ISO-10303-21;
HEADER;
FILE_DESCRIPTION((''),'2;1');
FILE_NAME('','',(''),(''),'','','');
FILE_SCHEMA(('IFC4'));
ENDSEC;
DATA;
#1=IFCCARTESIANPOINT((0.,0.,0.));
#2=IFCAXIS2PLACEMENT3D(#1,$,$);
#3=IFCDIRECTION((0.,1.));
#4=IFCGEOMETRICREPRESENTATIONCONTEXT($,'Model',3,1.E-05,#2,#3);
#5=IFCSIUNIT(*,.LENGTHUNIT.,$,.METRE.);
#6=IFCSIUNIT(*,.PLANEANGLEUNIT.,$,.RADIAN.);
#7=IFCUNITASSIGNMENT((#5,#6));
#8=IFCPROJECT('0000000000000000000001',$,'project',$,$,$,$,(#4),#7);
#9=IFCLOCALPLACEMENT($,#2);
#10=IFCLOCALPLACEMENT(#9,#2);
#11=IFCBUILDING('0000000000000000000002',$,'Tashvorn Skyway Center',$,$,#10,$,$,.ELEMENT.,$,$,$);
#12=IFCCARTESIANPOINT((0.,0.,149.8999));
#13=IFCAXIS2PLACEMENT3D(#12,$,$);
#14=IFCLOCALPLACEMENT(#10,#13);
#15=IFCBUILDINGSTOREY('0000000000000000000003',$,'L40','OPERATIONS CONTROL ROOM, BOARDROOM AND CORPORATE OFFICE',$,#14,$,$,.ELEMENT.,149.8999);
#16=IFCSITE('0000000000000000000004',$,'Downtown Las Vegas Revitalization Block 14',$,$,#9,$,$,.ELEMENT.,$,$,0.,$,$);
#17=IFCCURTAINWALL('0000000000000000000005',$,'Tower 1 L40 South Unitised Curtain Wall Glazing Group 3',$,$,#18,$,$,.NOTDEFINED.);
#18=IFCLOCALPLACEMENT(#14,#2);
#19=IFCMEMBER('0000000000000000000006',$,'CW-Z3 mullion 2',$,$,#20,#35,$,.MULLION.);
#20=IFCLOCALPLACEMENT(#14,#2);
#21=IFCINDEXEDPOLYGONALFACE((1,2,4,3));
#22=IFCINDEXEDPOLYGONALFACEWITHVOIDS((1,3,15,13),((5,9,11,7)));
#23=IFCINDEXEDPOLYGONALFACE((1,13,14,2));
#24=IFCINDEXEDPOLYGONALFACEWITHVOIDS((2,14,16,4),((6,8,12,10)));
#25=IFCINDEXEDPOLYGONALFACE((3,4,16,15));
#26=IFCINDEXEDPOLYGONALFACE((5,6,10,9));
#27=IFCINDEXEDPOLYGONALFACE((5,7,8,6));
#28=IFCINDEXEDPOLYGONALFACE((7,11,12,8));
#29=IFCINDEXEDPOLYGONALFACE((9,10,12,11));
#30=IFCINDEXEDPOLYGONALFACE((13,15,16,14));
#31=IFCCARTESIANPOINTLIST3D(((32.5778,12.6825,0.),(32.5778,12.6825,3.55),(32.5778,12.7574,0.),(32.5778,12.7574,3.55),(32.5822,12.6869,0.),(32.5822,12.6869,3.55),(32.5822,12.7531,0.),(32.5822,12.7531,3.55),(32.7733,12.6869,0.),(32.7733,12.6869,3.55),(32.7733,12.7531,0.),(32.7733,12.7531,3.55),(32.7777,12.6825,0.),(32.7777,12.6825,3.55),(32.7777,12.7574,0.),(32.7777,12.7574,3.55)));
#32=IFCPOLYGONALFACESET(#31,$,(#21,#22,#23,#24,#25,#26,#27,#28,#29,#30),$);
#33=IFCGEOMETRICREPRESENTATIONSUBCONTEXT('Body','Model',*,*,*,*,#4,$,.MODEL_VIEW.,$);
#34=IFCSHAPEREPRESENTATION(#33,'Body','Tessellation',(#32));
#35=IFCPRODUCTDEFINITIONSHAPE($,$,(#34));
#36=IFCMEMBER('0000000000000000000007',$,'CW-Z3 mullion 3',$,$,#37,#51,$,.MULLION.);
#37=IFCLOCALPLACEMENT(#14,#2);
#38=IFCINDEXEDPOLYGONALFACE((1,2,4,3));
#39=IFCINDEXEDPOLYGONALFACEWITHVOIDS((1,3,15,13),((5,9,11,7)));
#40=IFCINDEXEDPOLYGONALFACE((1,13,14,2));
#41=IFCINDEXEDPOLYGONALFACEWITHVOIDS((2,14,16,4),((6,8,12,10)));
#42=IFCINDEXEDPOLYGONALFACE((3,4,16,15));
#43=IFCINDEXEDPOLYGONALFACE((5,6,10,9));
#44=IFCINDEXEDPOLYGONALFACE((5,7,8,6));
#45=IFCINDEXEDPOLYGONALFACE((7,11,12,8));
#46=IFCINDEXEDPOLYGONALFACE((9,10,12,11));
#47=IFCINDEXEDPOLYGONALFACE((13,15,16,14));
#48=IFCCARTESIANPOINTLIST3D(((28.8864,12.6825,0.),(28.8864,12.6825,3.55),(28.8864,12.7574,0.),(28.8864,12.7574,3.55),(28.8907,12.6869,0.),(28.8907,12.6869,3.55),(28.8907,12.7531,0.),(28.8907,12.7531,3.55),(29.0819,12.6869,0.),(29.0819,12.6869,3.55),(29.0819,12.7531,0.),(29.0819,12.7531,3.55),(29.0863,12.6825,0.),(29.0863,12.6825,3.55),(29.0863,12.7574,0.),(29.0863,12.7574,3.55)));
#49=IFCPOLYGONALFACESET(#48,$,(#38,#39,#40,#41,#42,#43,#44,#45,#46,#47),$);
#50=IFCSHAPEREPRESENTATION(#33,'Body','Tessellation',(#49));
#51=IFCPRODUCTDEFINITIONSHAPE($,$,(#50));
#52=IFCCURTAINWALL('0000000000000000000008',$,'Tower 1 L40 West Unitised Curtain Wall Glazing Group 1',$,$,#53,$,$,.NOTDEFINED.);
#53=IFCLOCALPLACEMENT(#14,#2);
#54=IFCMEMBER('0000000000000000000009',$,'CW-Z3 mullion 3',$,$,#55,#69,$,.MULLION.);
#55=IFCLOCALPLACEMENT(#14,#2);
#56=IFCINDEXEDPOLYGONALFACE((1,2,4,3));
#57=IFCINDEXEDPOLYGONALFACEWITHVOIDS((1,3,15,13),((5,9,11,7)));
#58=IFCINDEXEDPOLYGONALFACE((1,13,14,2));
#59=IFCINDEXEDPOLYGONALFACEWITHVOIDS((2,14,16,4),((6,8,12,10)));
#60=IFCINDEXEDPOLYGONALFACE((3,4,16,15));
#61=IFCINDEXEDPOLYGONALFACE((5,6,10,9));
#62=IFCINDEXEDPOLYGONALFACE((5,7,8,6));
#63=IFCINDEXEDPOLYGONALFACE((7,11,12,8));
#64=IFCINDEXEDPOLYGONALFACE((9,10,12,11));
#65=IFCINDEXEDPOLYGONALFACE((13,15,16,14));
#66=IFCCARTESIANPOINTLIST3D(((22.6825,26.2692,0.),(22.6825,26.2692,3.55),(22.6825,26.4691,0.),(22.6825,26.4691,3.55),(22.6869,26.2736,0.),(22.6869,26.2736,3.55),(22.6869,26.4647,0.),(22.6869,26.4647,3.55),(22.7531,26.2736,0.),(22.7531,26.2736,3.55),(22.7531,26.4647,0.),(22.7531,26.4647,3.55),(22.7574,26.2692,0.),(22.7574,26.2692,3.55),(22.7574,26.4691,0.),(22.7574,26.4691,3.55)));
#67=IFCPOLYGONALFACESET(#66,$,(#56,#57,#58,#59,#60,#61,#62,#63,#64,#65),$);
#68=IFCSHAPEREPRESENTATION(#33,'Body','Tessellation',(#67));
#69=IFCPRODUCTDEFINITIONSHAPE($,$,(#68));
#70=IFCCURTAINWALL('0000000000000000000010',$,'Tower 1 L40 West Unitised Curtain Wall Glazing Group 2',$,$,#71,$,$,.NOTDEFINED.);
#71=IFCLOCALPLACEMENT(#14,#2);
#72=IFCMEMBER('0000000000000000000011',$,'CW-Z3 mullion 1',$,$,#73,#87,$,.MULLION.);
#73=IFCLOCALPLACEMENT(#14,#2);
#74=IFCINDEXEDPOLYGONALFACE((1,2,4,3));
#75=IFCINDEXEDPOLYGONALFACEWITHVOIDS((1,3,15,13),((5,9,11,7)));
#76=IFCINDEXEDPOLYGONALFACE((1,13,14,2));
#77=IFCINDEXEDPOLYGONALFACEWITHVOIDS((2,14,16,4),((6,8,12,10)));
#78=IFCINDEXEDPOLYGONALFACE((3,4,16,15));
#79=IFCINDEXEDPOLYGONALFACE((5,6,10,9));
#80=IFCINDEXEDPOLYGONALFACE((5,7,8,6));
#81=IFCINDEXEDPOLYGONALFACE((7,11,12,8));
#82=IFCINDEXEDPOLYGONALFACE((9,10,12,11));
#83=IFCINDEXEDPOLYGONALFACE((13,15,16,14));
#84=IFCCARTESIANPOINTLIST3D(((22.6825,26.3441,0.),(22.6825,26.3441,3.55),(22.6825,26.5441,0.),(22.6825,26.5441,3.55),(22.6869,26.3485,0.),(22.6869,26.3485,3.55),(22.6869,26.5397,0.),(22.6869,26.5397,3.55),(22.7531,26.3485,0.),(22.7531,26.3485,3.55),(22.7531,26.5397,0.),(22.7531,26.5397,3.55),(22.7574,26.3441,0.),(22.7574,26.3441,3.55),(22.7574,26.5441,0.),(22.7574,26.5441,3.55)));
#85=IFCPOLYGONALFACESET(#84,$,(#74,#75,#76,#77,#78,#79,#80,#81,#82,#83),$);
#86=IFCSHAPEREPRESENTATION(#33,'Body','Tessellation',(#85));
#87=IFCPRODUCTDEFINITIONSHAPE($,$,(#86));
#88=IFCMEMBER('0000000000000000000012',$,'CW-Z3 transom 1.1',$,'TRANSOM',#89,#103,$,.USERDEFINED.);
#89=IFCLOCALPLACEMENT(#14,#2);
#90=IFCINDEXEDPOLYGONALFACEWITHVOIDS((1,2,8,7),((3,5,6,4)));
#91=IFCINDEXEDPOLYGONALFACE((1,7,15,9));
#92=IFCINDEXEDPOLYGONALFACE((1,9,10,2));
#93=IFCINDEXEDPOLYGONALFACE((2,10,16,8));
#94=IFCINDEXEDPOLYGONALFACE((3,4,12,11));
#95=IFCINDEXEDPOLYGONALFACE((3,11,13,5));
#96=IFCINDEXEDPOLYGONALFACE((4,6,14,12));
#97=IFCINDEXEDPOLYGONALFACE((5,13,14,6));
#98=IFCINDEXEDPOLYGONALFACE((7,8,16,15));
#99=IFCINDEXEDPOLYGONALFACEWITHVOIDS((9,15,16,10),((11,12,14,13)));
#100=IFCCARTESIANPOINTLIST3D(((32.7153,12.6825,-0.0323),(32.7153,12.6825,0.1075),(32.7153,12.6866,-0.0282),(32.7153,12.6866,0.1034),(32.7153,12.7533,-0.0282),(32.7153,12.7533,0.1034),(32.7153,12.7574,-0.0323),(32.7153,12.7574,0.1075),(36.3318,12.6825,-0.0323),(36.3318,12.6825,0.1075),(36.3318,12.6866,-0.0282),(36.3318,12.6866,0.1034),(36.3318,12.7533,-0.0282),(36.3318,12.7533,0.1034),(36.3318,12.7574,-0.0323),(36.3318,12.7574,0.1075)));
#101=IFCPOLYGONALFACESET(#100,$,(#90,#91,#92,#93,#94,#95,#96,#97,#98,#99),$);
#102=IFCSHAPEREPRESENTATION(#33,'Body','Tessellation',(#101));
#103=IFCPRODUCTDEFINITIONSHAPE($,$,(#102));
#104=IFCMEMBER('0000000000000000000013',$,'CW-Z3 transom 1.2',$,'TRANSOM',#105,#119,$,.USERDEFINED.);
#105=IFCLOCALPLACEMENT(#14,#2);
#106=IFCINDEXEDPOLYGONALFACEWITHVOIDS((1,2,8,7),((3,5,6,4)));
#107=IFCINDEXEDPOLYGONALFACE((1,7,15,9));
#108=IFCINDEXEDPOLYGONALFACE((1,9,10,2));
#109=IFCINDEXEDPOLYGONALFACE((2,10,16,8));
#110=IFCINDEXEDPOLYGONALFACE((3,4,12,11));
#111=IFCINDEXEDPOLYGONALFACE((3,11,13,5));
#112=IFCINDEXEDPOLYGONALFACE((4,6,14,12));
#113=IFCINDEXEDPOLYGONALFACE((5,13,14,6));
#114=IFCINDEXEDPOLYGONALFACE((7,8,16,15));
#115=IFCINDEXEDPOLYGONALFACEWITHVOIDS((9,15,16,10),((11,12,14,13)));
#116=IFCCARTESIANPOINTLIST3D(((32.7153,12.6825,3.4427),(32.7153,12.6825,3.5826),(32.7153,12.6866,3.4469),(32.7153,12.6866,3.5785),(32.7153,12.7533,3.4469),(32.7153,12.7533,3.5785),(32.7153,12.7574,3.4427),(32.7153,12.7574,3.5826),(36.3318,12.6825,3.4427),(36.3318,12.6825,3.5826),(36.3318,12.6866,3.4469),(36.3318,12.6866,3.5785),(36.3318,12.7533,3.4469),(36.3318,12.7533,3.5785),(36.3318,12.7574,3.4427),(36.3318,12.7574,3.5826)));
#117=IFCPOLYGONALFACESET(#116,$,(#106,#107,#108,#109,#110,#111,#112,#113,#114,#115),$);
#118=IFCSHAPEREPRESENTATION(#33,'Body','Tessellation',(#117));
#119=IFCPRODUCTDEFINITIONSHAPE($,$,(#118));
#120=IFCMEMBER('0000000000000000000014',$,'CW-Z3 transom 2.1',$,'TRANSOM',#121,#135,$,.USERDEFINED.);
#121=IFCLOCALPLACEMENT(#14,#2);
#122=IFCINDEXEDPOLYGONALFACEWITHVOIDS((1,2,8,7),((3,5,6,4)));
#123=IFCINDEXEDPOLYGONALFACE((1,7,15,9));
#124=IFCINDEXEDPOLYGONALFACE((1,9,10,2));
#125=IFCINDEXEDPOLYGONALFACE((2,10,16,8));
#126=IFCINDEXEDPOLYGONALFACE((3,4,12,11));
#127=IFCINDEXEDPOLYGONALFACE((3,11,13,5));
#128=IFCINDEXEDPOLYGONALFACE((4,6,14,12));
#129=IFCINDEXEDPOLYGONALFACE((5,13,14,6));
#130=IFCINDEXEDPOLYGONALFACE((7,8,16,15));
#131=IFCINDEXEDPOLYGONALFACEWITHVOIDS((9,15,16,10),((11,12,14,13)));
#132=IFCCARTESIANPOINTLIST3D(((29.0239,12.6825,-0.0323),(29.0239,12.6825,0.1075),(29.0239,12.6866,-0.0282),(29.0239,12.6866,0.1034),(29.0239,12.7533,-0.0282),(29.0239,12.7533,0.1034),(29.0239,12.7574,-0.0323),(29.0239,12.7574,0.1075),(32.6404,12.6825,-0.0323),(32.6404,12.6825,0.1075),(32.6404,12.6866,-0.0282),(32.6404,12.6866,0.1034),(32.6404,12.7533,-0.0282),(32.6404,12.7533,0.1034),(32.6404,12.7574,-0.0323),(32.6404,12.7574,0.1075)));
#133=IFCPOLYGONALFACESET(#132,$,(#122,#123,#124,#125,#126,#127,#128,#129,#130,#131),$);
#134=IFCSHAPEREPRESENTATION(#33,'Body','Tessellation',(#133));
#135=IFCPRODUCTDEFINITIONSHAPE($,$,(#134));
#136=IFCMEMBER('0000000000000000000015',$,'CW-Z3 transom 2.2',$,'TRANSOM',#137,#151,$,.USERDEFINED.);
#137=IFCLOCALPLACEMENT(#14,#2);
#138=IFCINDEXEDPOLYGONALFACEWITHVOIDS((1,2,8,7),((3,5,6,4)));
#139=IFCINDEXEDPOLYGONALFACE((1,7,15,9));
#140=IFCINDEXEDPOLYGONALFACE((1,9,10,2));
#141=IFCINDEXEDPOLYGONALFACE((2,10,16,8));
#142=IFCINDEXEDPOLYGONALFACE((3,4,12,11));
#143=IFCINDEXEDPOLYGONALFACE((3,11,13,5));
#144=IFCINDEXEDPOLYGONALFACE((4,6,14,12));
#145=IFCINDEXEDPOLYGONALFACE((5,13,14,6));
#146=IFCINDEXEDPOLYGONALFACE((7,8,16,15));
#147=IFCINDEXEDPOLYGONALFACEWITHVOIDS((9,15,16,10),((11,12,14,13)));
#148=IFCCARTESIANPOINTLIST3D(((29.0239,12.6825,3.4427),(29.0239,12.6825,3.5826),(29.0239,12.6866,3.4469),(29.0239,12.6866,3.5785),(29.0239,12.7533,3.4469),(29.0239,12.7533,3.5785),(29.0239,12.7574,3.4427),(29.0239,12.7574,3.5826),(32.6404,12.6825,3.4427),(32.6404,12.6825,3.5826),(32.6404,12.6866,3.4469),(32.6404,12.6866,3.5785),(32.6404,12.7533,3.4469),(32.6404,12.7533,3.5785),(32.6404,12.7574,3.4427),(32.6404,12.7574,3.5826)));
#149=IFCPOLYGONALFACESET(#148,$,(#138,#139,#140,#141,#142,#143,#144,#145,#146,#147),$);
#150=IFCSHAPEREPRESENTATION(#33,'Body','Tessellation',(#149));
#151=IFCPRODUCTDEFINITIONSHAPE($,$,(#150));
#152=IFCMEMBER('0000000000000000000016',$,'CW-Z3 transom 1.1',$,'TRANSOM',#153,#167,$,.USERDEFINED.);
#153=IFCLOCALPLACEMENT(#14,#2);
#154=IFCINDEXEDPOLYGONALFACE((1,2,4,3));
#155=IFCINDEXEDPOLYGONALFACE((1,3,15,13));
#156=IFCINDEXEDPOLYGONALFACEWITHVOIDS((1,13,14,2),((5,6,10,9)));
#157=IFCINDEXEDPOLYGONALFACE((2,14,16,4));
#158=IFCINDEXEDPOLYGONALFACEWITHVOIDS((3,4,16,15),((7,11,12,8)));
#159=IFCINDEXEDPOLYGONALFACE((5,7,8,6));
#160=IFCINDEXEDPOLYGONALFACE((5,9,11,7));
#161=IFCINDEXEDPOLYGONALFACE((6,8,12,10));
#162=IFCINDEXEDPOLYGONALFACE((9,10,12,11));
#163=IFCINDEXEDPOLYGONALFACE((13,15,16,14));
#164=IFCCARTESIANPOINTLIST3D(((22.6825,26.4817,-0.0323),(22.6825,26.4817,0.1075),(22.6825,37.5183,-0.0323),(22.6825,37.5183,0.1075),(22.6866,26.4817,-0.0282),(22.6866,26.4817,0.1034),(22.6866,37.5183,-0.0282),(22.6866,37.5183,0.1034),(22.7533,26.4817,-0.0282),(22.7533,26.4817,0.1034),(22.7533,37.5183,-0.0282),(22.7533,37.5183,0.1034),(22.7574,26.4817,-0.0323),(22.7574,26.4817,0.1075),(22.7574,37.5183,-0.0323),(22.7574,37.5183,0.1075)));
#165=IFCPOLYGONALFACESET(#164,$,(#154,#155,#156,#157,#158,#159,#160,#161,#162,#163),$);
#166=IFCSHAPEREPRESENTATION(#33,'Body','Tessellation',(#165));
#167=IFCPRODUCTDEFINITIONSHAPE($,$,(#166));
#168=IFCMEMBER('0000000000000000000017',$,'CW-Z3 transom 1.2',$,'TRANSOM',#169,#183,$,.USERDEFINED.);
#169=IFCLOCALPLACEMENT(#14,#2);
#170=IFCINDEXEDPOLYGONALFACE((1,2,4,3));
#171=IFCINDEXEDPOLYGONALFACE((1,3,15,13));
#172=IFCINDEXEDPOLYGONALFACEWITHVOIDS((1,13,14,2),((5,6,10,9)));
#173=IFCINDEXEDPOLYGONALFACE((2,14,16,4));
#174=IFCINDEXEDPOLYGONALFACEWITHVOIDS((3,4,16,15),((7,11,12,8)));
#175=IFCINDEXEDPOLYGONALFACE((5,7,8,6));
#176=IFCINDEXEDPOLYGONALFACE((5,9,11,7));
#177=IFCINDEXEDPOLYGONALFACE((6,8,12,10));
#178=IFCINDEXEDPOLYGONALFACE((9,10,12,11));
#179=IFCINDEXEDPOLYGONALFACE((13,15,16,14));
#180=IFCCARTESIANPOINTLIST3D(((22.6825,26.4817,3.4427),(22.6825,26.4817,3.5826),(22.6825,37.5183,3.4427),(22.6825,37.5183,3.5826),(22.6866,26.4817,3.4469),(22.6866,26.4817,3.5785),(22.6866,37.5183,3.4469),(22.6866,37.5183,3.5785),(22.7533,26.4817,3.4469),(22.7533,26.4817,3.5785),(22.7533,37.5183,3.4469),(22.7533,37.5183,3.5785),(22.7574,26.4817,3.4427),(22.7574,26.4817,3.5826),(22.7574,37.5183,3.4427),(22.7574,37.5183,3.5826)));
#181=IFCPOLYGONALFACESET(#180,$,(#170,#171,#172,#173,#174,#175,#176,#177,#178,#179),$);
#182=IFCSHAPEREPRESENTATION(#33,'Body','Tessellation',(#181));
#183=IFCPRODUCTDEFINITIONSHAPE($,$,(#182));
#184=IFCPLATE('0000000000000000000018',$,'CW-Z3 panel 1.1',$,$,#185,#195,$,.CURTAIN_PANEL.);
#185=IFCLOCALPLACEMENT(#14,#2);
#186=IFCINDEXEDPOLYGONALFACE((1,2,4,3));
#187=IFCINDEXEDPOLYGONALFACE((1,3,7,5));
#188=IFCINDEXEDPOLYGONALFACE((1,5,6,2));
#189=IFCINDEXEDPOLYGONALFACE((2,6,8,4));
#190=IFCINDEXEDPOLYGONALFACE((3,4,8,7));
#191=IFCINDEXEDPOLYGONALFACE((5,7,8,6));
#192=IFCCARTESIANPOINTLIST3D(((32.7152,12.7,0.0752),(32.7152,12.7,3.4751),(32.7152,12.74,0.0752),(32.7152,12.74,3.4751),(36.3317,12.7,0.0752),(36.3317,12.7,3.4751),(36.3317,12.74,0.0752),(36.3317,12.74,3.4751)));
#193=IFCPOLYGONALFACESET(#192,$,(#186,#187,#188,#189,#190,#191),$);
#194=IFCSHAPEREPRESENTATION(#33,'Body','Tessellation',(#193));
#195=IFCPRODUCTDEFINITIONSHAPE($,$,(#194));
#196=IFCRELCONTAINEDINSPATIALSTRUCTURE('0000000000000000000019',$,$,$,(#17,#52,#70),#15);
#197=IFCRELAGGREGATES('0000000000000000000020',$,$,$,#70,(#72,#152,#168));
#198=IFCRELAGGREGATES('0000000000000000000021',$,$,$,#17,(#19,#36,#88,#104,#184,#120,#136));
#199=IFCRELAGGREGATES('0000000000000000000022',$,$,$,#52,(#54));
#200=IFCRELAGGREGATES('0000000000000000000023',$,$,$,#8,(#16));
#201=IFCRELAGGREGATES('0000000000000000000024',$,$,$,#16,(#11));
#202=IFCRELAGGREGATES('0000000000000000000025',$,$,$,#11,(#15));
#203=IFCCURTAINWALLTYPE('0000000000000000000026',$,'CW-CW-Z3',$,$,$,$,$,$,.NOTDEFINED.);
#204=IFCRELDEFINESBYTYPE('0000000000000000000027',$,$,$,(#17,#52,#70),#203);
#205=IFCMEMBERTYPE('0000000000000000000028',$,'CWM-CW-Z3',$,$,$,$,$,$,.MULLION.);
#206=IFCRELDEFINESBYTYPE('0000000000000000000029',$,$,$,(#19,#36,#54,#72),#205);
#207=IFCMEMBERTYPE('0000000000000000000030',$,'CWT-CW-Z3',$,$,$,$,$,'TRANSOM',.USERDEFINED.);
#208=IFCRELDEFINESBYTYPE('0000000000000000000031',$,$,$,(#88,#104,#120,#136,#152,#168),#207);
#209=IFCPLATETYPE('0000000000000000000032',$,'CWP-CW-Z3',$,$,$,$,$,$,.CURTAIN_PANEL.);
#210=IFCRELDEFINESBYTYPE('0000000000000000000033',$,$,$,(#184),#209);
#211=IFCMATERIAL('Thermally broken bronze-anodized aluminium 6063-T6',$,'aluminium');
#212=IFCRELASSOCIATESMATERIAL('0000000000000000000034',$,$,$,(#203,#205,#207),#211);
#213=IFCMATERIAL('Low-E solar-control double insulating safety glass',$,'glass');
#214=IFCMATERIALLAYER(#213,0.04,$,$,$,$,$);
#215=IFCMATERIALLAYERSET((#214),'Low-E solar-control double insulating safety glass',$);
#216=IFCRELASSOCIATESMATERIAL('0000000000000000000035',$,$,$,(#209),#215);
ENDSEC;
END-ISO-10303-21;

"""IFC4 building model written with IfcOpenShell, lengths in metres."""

from ifc_helpers import new_model, si_unit, direction, frame, origin, origin_2d, place, context, subcontext, project, spatial, rectangle, hollow_rectangle, extrude, material, layer, layer_set, material_profile, profile_set, type_object, element, aggregate, save


model = new_model("IFC4")

# Units and contexts
model_context = context("Model", 3, precision=1e-05, world=origin(), true_north=direction((0.0, 1.0)))
body_context = subcontext(model_context, "Body", "Model", "MODEL_VIEW")
ifc_project = project(units=[si_unit("LENGTHUNIT", "METRE"), si_unit("PLANEANGLEUNIT", "RADIAN")], contexts=[model_context])

# Site, building, storey
site_placement = place(None, origin())
site = spatial("IfcSite", under=ifc_project, at=site_placement, Name="Downtown Las Vegas Revitalization Block 14", CompositionType="ELEMENT", RefElevation=0.0)
building_placement = place(site_placement, origin())
building = spatial("IfcBuilding", under=site, at=building_placement, Name="Tashvorn Skyway Center", CompositionType="ELEMENT")
storey_placement = place(building_placement, frame((0.0, 0.0, 149.8999)))
storey = spatial("IfcBuildingStorey", under=building, at=storey_placement, Name="L40", Description="OPERATIONS CONTROL ROOM, BOARDROOM AND CORPORATE OFFICE", CompositionType="ELEMENT", Elevation=149.8999)

# Shared definitions
ifc_material_1 = material(Name="Thermally broken bronze-anodized aluminium 6063-T6", Category="aluminium")
curtain_wall_type = type_object("IfcCurtainWallType", Name="CW-CW-Z3", PredefinedType="NOTDEFINED", material=ifc_material_1)
ifc_material_profile_1 = material_profile(ifc_material_1, hollow_rectangle(XDim=0.075, YDim=0.2, WallThickness=0.0044, at=origin_2d()), Name="ALU-MULL-75x200")
ifc_profile_set_1 = profile_set([ifc_material_profile_1], Name="Thermally broken bronze-anodized aluminium 6063-T6")
member_type_1 = type_object("IfcMemberType", Name="CWM-CW-Z3", PredefinedType="MULLION", material=ifc_profile_set_1)

# Curtain wall, members
curtain_wall_1_placement = place(storey_placement, origin())
curtain_wall_1 = element("IfcCurtainWall", 1, at=curtain_wall_1_placement, inside=storey, type_object=curtain_wall_type, Name="Tower 1 L40 South Unitised Curtain Wall Glazing Group 3", PredefinedType="NOTDEFINED")
member_1_placement = place(storey_placement, frame((32.6777, 12.72, 0.0), z_axis=(0.0, 0.0, 1.0), x_axis=(0.0, -1.0, 0.0)))
member_1 = element("IfcMember", 2, at=member_1_placement, type_object=member_type_1, Name="CW-Z3 mullion 2", PredefinedType="MULLION", context=body_context, shape_type="SweptSolid", body=[
    extrude(hollow_rectangle(XDim=0.075, YDim=0.2, WallThickness=0.0044, at=origin_2d()), origin(), (0.0, 0.0, 1.0), 3.55),
])
member_2_placement = place(storey_placement, frame((28.9863, 12.72, 0.0), z_axis=(0.0, 0.0, 1.0), x_axis=(0.0, -1.0, 0.0)))
member_2 = element("IfcMember", 3, at=member_2_placement, type_object=member_type_1, Name="CW-Z3 mullion 3", PredefinedType="MULLION", context=body_context, shape_type="SweptSolid", body=[
    extrude(hollow_rectangle(XDim=0.075, YDim=0.2, WallThickness=0.0044, at=origin_2d()), origin(), (0.0, 0.0, 1.0), 3.55),
])

# Curtain walls, members
curtain_wall_2_placement = place(storey_placement, origin())
curtain_wall_2 = element("IfcCurtainWall", 4, at=curtain_wall_2_placement, inside=storey, type_object=curtain_wall_type, Name="Tower 1 L40 West Unitised Curtain Wall Glazing Group 1", PredefinedType="NOTDEFINED")
member_3_placement = place(storey_placement, frame((22.72, 26.3691, 0.0), z_axis=(0.0, 0.0, 1.0), x_axis=(-1.0, 0.0, 0.0)))
member_3 = element("IfcMember", 5, at=member_3_placement, type_object=member_type_1, Name="CW-Z3 mullion 3", PredefinedType="MULLION", context=body_context, shape_type="SweptSolid", body=[
    extrude(hollow_rectangle(XDim=0.075, YDim=0.2, WallThickness=0.0044, at=origin_2d()), origin(), (0.0, 0.0, 1.0), 3.55),
])
curtain_wall_3_placement = place(storey_placement, origin())
curtain_wall_3 = element("IfcCurtainWall", 6, at=curtain_wall_3_placement, inside=storey, type_object=curtain_wall_type, Name="Tower 1 L40 West Unitised Curtain Wall Glazing Group 2", PredefinedType="NOTDEFINED")
member_4_placement = place(storey_placement, frame((22.72, 26.4441, 0.0), z_axis=(0.0, 0.0, 1.0), x_axis=(-1.0, 0.0, 0.0)))
member_4 = element("IfcMember", 7, at=member_4_placement, type_object=member_type_1, Name="CW-Z3 mullion 1", PredefinedType="MULLION", context=body_context, shape_type="SweptSolid", body=[
    extrude(hollow_rectangle(XDim=0.075, YDim=0.2, WallThickness=0.0044, at=origin_2d()), origin(), (0.0, 0.0, 1.0), 3.55),
])

# Members
ifc_material_profile_2 = material_profile(ifc_material_1, hollow_rectangle(XDim=0.075, YDim=0.1399, WallThickness=0.0042, at=origin_2d()), Name="ALU-TRAN-75x140")
ifc_profile_set_2 = profile_set([ifc_material_profile_2], Name="Thermally broken bronze-anodized aluminium 6063-T6")
member_type_2 = type_object("IfcMemberType", Name="CWT-CW-Z3", ElementType="TRANSOM", PredefinedType="USERDEFINED", material=ifc_profile_set_2)
member_5_placement = place(storey_placement, frame((36.3318, 12.72, 0.0376), z_axis=(-1.0, 0.0, 0.0), x_axis=(0.0, -1.0, 0.0)))
member_5 = element("IfcMember", 8, at=member_5_placement, type_object=member_type_2, Name="CW-Z3 transom 1.1", ObjectType="TRANSOM", PredefinedType="USERDEFINED", context=body_context, shape_type="SweptSolid", body=[
    extrude(hollow_rectangle(XDim=0.075, YDim=0.1399, WallThickness=0.0042, at=origin_2d()), origin(), (0.0, 0.0, 1.0), 3.6165),
])
member_6_placement = place(storey_placement, frame((36.3318, 12.72, 3.5127), z_axis=(-1.0, 0.0, 0.0), x_axis=(0.0, -1.0, 0.0)))
member_6 = element("IfcMember", 9, at=member_6_placement, type_object=member_type_2, Name="CW-Z3 transom 1.2", ObjectType="TRANSOM", PredefinedType="USERDEFINED", context=body_context, shape_type="SweptSolid", body=[
    extrude(hollow_rectangle(XDim=0.075, YDim=0.1399, WallThickness=0.0042, at=origin_2d()), origin(), (0.0, 0.0, 1.0), 3.6165),
])
member_7_placement = place(storey_placement, frame((32.6404, 12.72, 0.0376), z_axis=(-1.0, 0.0, 0.0), x_axis=(0.0, -1.0, 0.0)))
member_7 = element("IfcMember", 10, at=member_7_placement, type_object=member_type_2, Name="CW-Z3 transom 2.1", ObjectType="TRANSOM", PredefinedType="USERDEFINED", context=body_context, shape_type="SweptSolid", body=[
    extrude(hollow_rectangle(XDim=0.075, YDim=0.1399, WallThickness=0.0042, at=origin_2d()), origin(), (0.0, 0.0, 1.0), 3.6165),
])
member_8_placement = place(storey_placement, frame((32.6404, 12.72, 3.5127), z_axis=(-1.0, 0.0, 0.0), x_axis=(0.0, -1.0, 0.0)))
member_8 = element("IfcMember", 11, at=member_8_placement, type_object=member_type_2, Name="CW-Z3 transom 2.2", ObjectType="TRANSOM", PredefinedType="USERDEFINED", context=body_context, shape_type="SweptSolid", body=[
    extrude(hollow_rectangle(XDim=0.075, YDim=0.1399, WallThickness=0.0042, at=origin_2d()), origin(), (0.0, 0.0, 1.0), 3.6165),
])
member_9_placement = place(storey_placement, frame((22.72, 26.4817, 0.0376), z_axis=(0.0, 1.0, 0.0), x_axis=(-1.0, 0.0, 0.0)))
member_9 = element("IfcMember", 12, at=member_9_placement, type_object=member_type_2, Name="CW-Z3 transom 1.1", ObjectType="TRANSOM", PredefinedType="USERDEFINED", context=body_context, shape_type="SweptSolid", body=[
    extrude(hollow_rectangle(XDim=0.075, YDim=0.1399, WallThickness=0.0042, at=origin_2d()), origin(), (0.0, 0.0, 1.0), 11.0366),
])
member_10_placement = place(storey_placement, frame((22.72, 26.4817, 3.5127), z_axis=(0.0, 1.0, 0.0), x_axis=(-1.0, 0.0, 0.0)))
member_10 = element("IfcMember", 13, at=member_10_placement, type_object=member_type_2, Name="CW-Z3 transom 1.2", ObjectType="TRANSOM", PredefinedType="USERDEFINED", context=body_context, shape_type="SweptSolid", body=[
    extrude(hollow_rectangle(XDim=0.075, YDim=0.1399, WallThickness=0.0042, at=origin_2d()), origin(), (0.0, 0.0, 1.0), 11.0366),
])
aggregate(curtain_wall_3, [member_4, member_9, member_10])

# Plate
ifc_material_2 = material(Name="Low-E solar-control double insulating safety glass", Category="glass")
ifc_layer_1 = layer(ifc_material_2, 0.04)
ifc_layer_set_1 = layer_set([ifc_layer_1], Name="Low-E solar-control double insulating safety glass")
plate_type = type_object("IfcPlateType", Name="CWP-CW-Z3", PredefinedType="CURTAIN_PANEL", material=ifc_layer_set_1)
plate_1_placement = place(storey_placement, frame((34.5234, 12.72, 0.0752), z_axis=(0.0, 0.0, 1.0), x_axis=(-1.0, 0.0, 0.0)))
plate_1 = element("IfcPlate", 14, at=plate_1_placement, type_object=plate_type, Name="CW-Z3 panel 1.1", PredefinedType="CURTAIN_PANEL", context=body_context, shape_type="SweptSolid", body=[
    extrude(rectangle(XDim=3.6165, YDim=0.04, at=origin_2d()), origin(), (0.0, 0.0, 1.0), 3.3999),
])
aggregate(curtain_wall_1, [member_1, member_2, member_5, member_6, plate_1, member_7, member_8])
aggregate(curtain_wall_2, [member_3])

save(model, "model.ifc")
